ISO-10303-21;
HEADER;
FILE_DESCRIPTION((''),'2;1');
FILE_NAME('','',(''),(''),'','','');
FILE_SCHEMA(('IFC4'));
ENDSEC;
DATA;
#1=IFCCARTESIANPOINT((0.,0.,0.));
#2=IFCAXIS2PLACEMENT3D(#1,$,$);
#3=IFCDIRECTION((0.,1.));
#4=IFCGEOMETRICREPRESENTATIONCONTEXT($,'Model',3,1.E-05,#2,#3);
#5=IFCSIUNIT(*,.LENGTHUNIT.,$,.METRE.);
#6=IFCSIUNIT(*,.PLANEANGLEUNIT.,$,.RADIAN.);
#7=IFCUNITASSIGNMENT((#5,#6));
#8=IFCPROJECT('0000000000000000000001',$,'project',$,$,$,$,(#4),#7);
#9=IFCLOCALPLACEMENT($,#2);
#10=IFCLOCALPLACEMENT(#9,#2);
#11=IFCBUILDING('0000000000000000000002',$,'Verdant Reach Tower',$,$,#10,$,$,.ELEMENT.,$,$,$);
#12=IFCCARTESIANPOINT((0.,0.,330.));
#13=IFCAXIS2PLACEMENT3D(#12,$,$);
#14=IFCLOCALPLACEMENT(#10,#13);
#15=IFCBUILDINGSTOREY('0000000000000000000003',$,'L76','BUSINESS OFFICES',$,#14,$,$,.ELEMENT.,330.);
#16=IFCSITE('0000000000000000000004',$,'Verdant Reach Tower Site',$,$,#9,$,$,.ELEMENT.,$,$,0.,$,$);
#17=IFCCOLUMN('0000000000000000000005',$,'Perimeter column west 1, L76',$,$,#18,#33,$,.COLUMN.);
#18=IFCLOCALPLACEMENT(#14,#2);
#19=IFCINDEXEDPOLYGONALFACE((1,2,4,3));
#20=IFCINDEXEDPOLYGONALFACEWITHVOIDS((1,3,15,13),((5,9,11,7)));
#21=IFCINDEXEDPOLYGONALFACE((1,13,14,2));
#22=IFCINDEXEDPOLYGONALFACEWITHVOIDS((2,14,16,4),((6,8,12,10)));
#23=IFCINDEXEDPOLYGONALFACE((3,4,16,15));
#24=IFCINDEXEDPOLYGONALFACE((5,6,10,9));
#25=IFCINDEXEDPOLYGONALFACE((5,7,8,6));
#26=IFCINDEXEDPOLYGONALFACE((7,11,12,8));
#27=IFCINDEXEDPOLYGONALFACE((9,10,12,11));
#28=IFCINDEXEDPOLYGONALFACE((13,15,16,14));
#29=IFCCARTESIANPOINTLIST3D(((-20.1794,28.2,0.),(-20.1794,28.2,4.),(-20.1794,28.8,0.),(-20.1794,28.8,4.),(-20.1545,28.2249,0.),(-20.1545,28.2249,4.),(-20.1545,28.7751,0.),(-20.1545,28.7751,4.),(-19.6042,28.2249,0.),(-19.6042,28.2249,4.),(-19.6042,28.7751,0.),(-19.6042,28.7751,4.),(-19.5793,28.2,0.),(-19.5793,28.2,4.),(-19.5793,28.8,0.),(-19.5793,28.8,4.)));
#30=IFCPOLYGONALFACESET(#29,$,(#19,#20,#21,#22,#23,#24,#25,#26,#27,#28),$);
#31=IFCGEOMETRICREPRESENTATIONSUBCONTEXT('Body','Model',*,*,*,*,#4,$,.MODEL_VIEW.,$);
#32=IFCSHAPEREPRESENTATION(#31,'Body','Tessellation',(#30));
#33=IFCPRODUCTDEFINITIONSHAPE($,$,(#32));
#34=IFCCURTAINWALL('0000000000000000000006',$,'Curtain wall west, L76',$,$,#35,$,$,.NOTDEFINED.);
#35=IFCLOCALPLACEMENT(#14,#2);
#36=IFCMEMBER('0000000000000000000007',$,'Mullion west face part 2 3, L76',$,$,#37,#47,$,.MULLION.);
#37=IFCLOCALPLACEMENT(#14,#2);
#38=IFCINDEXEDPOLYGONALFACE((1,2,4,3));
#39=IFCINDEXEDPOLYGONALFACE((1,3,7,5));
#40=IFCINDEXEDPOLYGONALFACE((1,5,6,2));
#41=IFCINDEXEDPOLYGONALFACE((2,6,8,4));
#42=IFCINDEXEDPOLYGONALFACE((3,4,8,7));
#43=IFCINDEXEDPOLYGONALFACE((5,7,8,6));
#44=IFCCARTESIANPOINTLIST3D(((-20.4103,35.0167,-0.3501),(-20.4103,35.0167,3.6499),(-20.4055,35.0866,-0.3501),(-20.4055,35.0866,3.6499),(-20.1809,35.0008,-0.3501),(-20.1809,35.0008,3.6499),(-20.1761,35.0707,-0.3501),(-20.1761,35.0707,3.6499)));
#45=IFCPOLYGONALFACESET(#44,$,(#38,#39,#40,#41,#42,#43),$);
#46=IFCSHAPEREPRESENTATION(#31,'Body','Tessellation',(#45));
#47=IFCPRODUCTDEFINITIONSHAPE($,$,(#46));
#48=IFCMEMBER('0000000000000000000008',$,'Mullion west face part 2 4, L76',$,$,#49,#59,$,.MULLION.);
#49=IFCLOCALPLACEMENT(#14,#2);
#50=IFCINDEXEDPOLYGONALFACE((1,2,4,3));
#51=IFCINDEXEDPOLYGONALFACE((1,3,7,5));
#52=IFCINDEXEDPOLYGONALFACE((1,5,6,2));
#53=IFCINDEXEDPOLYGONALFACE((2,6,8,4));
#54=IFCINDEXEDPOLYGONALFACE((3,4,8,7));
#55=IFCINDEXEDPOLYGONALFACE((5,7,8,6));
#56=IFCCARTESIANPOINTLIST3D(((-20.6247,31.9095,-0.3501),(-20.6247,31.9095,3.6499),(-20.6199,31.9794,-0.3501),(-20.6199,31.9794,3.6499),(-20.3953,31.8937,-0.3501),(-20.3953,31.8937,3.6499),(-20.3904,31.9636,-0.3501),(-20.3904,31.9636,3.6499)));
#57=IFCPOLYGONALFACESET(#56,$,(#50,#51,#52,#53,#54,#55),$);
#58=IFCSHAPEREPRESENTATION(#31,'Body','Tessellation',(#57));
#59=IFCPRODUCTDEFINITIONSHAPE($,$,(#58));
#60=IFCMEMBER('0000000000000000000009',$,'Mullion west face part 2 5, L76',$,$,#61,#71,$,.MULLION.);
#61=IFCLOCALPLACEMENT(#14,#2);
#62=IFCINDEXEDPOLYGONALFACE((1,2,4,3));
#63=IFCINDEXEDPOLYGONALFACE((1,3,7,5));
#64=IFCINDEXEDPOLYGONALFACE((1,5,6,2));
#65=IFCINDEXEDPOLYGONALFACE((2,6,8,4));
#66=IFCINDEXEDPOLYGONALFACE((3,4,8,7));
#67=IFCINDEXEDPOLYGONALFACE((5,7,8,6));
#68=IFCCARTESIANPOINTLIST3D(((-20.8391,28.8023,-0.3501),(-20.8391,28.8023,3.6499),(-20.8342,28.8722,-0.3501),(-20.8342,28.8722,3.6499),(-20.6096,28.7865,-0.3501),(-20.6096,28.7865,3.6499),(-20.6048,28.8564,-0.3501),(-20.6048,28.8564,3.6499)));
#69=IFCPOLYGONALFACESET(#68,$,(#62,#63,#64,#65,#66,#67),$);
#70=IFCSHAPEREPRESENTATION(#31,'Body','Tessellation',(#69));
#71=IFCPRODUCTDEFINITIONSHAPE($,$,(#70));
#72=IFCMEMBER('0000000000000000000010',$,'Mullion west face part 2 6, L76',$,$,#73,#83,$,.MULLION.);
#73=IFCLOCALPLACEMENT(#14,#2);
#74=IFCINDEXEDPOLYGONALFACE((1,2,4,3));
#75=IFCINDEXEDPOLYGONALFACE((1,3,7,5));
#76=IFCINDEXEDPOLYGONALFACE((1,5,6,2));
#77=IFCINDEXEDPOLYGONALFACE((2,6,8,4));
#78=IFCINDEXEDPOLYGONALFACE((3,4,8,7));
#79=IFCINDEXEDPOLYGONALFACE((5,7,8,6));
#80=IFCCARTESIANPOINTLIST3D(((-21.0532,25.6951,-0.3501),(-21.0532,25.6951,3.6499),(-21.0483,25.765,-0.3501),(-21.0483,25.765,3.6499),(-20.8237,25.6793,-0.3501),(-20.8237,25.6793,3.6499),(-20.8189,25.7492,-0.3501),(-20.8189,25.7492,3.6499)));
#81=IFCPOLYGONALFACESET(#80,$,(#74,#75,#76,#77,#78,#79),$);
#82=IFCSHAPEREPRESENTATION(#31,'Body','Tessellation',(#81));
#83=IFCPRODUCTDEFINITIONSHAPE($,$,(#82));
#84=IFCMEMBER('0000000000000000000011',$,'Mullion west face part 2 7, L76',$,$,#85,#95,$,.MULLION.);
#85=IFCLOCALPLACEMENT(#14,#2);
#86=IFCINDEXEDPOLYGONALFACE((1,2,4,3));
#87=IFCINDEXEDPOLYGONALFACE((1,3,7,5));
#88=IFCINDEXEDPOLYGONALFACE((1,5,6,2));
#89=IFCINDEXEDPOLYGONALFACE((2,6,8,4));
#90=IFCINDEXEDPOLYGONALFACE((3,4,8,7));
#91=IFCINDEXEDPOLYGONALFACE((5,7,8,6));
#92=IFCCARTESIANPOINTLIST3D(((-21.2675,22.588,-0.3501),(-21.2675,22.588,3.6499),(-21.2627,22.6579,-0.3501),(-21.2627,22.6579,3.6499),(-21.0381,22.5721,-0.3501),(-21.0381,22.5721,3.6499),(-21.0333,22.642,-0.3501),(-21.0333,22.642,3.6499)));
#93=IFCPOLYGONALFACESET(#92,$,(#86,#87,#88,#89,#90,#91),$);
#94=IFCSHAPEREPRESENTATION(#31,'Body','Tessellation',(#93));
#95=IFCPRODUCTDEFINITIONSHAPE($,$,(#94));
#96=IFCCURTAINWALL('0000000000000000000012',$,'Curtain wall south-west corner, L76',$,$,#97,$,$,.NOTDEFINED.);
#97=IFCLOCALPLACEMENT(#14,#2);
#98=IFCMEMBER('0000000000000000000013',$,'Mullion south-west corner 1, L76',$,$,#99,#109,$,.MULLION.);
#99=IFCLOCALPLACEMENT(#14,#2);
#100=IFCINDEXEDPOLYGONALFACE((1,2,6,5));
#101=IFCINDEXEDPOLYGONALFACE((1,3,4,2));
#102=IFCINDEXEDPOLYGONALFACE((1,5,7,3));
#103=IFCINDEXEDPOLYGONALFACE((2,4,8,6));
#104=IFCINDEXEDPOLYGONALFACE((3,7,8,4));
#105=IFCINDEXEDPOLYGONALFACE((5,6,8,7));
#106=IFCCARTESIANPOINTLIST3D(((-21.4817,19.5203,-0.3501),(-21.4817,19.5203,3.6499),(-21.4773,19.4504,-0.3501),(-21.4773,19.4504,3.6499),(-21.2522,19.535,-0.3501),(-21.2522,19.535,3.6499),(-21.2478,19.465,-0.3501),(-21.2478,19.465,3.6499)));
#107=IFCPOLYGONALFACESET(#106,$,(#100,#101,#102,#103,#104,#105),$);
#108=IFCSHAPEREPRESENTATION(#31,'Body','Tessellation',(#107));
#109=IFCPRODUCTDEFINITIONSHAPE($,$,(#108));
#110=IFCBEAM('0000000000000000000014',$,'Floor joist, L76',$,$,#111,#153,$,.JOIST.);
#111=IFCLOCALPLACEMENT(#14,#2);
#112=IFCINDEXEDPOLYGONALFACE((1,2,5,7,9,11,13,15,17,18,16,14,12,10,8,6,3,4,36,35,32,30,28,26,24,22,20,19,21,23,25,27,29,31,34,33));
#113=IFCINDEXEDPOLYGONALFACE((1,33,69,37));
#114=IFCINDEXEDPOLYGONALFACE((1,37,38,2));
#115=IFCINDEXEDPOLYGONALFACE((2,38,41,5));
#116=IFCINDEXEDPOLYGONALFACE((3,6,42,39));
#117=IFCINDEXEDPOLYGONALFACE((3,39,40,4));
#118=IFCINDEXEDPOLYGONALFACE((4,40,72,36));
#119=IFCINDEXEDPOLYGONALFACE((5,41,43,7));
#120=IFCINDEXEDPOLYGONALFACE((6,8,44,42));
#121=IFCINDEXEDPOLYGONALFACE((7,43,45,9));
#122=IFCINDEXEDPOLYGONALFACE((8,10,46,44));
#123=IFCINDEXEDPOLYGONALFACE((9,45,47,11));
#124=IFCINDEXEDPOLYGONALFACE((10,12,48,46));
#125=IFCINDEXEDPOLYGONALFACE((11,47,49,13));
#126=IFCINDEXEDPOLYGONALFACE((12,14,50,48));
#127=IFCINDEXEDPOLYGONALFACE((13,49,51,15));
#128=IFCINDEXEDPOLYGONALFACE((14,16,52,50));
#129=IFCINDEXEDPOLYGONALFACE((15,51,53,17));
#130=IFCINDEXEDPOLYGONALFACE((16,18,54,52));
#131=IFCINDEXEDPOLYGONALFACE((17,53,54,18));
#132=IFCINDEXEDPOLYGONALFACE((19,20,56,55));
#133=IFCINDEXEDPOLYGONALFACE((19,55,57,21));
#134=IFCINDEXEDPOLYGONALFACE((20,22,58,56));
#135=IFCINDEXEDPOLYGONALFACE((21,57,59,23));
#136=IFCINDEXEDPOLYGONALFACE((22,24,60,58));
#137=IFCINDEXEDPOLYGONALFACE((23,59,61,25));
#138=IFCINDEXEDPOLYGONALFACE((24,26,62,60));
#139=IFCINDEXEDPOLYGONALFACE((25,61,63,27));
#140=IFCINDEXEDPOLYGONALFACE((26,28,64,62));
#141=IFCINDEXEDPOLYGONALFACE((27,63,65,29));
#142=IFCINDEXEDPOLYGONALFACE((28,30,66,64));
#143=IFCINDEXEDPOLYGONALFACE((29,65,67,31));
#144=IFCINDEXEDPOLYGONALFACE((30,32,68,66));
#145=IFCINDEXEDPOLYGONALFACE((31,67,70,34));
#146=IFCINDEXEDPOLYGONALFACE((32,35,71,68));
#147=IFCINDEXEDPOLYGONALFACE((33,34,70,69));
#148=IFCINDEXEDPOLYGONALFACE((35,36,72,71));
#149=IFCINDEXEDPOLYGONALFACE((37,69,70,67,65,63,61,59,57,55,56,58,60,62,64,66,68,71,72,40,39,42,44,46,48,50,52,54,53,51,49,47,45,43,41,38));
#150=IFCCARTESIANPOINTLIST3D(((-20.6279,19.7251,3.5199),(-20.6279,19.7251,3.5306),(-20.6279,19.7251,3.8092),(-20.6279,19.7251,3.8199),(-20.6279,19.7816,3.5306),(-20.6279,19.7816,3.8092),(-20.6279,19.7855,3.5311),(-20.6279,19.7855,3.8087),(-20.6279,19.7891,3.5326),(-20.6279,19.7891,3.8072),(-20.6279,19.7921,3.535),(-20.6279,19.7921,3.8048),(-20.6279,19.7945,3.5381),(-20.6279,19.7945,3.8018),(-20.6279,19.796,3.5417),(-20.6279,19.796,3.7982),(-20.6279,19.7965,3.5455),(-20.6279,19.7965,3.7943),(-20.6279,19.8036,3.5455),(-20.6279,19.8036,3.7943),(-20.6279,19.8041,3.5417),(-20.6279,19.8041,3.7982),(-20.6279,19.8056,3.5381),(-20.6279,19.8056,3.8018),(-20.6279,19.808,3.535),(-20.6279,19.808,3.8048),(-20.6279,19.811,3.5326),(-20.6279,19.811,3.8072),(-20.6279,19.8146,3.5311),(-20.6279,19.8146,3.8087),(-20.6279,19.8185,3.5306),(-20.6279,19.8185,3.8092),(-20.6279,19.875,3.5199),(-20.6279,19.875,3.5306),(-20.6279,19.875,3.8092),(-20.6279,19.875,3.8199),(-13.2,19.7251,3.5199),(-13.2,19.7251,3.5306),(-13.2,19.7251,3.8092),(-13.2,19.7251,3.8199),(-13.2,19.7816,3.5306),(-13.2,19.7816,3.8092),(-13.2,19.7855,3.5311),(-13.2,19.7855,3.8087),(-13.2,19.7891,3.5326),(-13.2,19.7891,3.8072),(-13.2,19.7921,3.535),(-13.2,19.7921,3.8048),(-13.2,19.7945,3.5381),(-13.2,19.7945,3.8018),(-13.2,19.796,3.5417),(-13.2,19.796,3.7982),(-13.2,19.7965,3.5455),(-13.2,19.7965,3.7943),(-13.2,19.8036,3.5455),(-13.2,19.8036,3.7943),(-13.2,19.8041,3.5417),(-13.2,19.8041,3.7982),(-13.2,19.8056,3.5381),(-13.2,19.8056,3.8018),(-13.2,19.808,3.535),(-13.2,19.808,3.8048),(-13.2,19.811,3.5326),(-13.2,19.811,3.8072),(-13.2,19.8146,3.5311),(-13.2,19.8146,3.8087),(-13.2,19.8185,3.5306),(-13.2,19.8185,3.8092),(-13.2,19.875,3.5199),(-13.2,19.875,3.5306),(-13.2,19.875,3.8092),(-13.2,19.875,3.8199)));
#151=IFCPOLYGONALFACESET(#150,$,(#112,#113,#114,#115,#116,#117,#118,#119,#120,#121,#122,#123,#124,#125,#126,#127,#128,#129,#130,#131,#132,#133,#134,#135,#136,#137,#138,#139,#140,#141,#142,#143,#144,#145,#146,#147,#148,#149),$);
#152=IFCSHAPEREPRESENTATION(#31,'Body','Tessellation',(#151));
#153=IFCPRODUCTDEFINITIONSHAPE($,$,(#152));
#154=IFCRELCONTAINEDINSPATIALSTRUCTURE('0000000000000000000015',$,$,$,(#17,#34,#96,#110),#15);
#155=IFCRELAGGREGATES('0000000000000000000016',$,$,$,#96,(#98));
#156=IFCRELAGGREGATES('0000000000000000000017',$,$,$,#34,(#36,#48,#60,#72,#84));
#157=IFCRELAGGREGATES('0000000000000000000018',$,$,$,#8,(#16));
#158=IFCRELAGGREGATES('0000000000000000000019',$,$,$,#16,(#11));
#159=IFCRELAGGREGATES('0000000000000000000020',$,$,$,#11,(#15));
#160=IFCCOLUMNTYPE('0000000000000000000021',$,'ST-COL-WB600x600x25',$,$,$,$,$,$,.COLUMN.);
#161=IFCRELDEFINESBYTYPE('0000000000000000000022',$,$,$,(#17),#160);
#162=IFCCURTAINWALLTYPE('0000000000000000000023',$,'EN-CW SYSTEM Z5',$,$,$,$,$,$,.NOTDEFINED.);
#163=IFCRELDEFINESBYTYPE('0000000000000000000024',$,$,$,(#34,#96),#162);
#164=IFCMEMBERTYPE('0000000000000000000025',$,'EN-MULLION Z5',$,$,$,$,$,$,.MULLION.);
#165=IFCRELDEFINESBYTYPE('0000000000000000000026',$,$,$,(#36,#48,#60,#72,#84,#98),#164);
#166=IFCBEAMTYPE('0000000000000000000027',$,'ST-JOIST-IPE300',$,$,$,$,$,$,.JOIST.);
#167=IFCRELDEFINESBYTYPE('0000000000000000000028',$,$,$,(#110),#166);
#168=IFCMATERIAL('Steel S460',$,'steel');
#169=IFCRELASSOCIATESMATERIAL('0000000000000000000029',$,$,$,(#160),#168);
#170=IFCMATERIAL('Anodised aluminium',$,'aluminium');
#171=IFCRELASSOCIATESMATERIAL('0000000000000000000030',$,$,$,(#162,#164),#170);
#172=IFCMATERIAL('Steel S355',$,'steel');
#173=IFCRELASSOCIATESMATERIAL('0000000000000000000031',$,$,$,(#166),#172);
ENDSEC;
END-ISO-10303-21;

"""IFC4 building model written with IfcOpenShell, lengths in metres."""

from ifc_helpers import new_model, si_unit, direction, frame, origin, origin_2d, place, context, subcontext, project, spatial, rectangle, hollow_rectangle, i_section, extrude, material, material_profile, profile_set, type_object, element, aggregate, save


model = new_model("IFC4")

# Units and contexts
model_context = context("Model", 3, precision=1e-05, world=origin(), true_north=direction((0.0, 1.0)))
body_context = subcontext(model_context, "Body", "Model", "MODEL_VIEW")
ifc_project = project(units=[si_unit("LENGTHUNIT", "METRE"), si_unit("PLANEANGLEUNIT", "RADIAN")], contexts=[model_context])

# Site, building, storey
site_placement = place(None, origin())
site = spatial("IfcSite", under=ifc_project, at=site_placement, Name="Verdant Reach Tower Site", CompositionType="ELEMENT", RefElevation=0.0)
building_placement = place(site_placement, origin())
building = spatial("IfcBuilding", under=site, at=building_placement, Name="Verdant Reach Tower", CompositionType="ELEMENT")
storey_placement = place(building_placement, frame((0.0, 0.0, 330.0)))
storey = spatial("IfcBuildingStorey", under=building, at=storey_placement, Name="L76", Description="BUSINESS OFFICES", CompositionType="ELEMENT", Elevation=330.0)

# Column
ifc_material_1 = material(Name="Steel S460", Category="steel")
ifc_material_profile_1 = material_profile(ifc_material_1, hollow_rectangle(XDim=0.6001, YDim=0.6001, WallThickness=0.0249, at=origin_2d()), Name="WB 600x600x25")
ifc_profile_set_1 = profile_set([ifc_material_profile_1], Name="Steel S460")
column_type = type_object("IfcColumnType", Name="ST-COL-WB600x600x25", PredefinedType="COLUMN", material=ifc_profile_set_1)
column_placement = place(storey_placement, frame((-19.8794, 28.5, 0.0), z_axis=(0.0, 0.0, 1.0), x_axis=(1.0, 0.0, 0.0)))
element("IfcColumn", 1, at=column_placement, inside=storey, type_object=column_type, Name="Perimeter column west 1, L76", PredefinedType="COLUMN", context=body_context, shape_type="SweptSolid", body=[
    extrude(hollow_rectangle(XDim=0.6001, YDim=0.6001, WallThickness=0.0249, at=origin_2d()), origin(), (0.0, 0.0, 1.0), 4.0),
])

# Curtain wall, members
ifc_material_2 = material(Name="Anodised aluminium", Category="aluminium")
curtain_wall_type = type_object("IfcCurtainWallType", Name="EN-CW SYSTEM Z5", PredefinedType="NOTDEFINED", material=ifc_material_2)
curtain_wall_1_placement = place(storey_placement, origin())
curtain_wall_1 = element("IfcCurtainWall", 2, at=curtain_wall_1_placement, inside=storey, type_object=curtain_wall_type, Name="Curtain wall west, L76", PredefinedType="NOTDEFINED")
ifc_material_profile_2 = material_profile(ifc_material_2, rectangle(XDim=0.23, YDim=0.0701, at=origin_2d()), Name="Mullion 70x230")
ifc_profile_set_2 = profile_set([ifc_material_profile_2], Name="Anodised aluminium")
member_type = type_object("IfcMemberType", Name="EN-MULLION Z5", PredefinedType="MULLION", material=ifc_profile_set_2)
member_1_placement = place(storey_placement, frame((-20.2932, 35.0437, -0.3501), z_axis=(0.0, 0.0, 1.0), x_axis=(-0.99763, 0.068802, 0.0)))
member_1 = element("IfcMember", 3, at=member_1_placement, type_object=member_type, Name="Mullion west face part 2 3, L76", PredefinedType="MULLION", context=body_context, shape_type="SweptSolid", body=[
    extrude(rectangle(XDim=0.23, YDim=0.0701, at=origin_2d()), origin(), (0.0, 0.0, 1.0), 4.0),
])
member_2_placement = place(storey_placement, frame((-20.5076, 31.9365, -0.3501), z_axis=(0.0, 0.0, 1.0), x_axis=(-0.99763, 0.068802, 0.0)))
member_2 = element("IfcMember", 4, at=member_2_placement, type_object=member_type, Name="Mullion west face part 2 4, L76", PredefinedType="MULLION", context=body_context, shape_type="SweptSolid", body=[
    extrude(rectangle(XDim=0.23, YDim=0.0701, at=origin_2d()), origin(), (0.0, 0.0, 1.0), 4.0),
])
member_3_placement = place(storey_placement, frame((-20.7219, 28.8293, -0.3501), z_axis=(0.0, 0.0, 1.0), x_axis=(-0.99763, 0.068802, 0.0)))
member_3 = element("IfcMember", 5, at=member_3_placement, type_object=member_type, Name="Mullion west face part 2 5, L76", PredefinedType="MULLION", context=body_context, shape_type="SweptSolid", body=[
    extrude(rectangle(XDim=0.23, YDim=0.0701, at=origin_2d()), origin(), (0.0, 0.0, 1.0), 4.0),
])
member_4_placement = place(storey_placement, frame((-20.936, 25.7222, -0.3501), z_axis=(0.0, 0.0, 1.0), x_axis=(-0.99763, 0.068802, 0.0)))
member_4 = element("IfcMember", 6, at=member_4_placement, type_object=member_type, Name="Mullion west face part 2 6, L76", PredefinedType="MULLION", context=body_context, shape_type="SweptSolid", body=[
    extrude(rectangle(XDim=0.23, YDim=0.0701, at=origin_2d()), origin(), (0.0, 0.0, 1.0), 4.0),
])
member_5_placement = place(storey_placement, frame((-21.1504, 22.615, -0.3501), z_axis=(0.0, 0.0, 1.0), x_axis=(-0.99763, 0.068802, 0.0)))
member_5 = element("IfcMember", 7, at=member_5_placement, type_object=member_type, Name="Mullion west face part 2 7, L76", PredefinedType="MULLION", context=body_context, shape_type="SweptSolid", body=[
    extrude(rectangle(XDim=0.23, YDim=0.0701, at=origin_2d()), origin(), (0.0, 0.0, 1.0), 4.0),
])

# Curtain wall, member
curtain_wall_2_placement = place(storey_placement, origin())
curtain_wall_2 = element("IfcCurtainWall", 8, at=curtain_wall_2_placement, inside=storey, type_object=curtain_wall_type, Name="Curtain wall south-west corner, L76", PredefinedType="NOTDEFINED")
member_6_placement = place(storey_placement, frame((-21.3647, 19.4927, -0.3501), z_axis=(0.0, 0.0, 1.0), x_axis=(-0.997969, -0.063699, 0.0)))
member_6 = element("IfcMember", 9, at=member_6_placement, type_object=member_type, Name="Mullion south-west corner 1, L76", PredefinedType="MULLION", context=body_context, shape_type="SweptSolid", body=[
    extrude(rectangle(XDim=0.23, YDim=0.0701, at=origin_2d()), origin(), (0.0, 0.0, 1.0), 4.0),
])
aggregate(curtain_wall_2, [member_6])

# Beam
ifc_material_3 = material(Name="Steel S355", Category="steel")
ifc_material_profile_3 = material_profile(ifc_material_3, i_section(OverallWidth=0.1499, OverallDepth=0.3, WebThickness=0.0071, FlangeThickness=0.0107, FilletRadius=0.0149, at=origin_2d()), Name="IPE 300")
ifc_profile_set_3 = profile_set([ifc_material_profile_3], Name="Steel S355")
beam_type_1 = type_object("IfcBeamType", Name="ST-JOIST-IPE300", PredefinedType="JOIST", material=ifc_profile_set_3)
beam_1_placement = place(storey_placement, frame((-13.2, 19.8, 3.6699), z_axis=(-1.0, 0.0, 0.0), x_axis=(0.0, -1.0, 0.0)))
element("IfcBeam", 10, at=beam_1_placement, inside=storey, type_object=beam_type_1, Name="Floor joist, L76", PredefinedType="JOIST", context=body_context, shape_type="SweptSolid", body=[
    extrude(i_section(OverallWidth=0.1499, OverallDepth=0.3, WebThickness=0.0071, FlangeThickness=0.0107, FilletRadius=0.0149, at=origin_2d()), origin(), (0.0, 0.0, 1.0), 7.428),
])

aggregate(curtain_wall_1, [member_1, member_2, member_3, member_4, member_5])

save(model, "model.ifc")
